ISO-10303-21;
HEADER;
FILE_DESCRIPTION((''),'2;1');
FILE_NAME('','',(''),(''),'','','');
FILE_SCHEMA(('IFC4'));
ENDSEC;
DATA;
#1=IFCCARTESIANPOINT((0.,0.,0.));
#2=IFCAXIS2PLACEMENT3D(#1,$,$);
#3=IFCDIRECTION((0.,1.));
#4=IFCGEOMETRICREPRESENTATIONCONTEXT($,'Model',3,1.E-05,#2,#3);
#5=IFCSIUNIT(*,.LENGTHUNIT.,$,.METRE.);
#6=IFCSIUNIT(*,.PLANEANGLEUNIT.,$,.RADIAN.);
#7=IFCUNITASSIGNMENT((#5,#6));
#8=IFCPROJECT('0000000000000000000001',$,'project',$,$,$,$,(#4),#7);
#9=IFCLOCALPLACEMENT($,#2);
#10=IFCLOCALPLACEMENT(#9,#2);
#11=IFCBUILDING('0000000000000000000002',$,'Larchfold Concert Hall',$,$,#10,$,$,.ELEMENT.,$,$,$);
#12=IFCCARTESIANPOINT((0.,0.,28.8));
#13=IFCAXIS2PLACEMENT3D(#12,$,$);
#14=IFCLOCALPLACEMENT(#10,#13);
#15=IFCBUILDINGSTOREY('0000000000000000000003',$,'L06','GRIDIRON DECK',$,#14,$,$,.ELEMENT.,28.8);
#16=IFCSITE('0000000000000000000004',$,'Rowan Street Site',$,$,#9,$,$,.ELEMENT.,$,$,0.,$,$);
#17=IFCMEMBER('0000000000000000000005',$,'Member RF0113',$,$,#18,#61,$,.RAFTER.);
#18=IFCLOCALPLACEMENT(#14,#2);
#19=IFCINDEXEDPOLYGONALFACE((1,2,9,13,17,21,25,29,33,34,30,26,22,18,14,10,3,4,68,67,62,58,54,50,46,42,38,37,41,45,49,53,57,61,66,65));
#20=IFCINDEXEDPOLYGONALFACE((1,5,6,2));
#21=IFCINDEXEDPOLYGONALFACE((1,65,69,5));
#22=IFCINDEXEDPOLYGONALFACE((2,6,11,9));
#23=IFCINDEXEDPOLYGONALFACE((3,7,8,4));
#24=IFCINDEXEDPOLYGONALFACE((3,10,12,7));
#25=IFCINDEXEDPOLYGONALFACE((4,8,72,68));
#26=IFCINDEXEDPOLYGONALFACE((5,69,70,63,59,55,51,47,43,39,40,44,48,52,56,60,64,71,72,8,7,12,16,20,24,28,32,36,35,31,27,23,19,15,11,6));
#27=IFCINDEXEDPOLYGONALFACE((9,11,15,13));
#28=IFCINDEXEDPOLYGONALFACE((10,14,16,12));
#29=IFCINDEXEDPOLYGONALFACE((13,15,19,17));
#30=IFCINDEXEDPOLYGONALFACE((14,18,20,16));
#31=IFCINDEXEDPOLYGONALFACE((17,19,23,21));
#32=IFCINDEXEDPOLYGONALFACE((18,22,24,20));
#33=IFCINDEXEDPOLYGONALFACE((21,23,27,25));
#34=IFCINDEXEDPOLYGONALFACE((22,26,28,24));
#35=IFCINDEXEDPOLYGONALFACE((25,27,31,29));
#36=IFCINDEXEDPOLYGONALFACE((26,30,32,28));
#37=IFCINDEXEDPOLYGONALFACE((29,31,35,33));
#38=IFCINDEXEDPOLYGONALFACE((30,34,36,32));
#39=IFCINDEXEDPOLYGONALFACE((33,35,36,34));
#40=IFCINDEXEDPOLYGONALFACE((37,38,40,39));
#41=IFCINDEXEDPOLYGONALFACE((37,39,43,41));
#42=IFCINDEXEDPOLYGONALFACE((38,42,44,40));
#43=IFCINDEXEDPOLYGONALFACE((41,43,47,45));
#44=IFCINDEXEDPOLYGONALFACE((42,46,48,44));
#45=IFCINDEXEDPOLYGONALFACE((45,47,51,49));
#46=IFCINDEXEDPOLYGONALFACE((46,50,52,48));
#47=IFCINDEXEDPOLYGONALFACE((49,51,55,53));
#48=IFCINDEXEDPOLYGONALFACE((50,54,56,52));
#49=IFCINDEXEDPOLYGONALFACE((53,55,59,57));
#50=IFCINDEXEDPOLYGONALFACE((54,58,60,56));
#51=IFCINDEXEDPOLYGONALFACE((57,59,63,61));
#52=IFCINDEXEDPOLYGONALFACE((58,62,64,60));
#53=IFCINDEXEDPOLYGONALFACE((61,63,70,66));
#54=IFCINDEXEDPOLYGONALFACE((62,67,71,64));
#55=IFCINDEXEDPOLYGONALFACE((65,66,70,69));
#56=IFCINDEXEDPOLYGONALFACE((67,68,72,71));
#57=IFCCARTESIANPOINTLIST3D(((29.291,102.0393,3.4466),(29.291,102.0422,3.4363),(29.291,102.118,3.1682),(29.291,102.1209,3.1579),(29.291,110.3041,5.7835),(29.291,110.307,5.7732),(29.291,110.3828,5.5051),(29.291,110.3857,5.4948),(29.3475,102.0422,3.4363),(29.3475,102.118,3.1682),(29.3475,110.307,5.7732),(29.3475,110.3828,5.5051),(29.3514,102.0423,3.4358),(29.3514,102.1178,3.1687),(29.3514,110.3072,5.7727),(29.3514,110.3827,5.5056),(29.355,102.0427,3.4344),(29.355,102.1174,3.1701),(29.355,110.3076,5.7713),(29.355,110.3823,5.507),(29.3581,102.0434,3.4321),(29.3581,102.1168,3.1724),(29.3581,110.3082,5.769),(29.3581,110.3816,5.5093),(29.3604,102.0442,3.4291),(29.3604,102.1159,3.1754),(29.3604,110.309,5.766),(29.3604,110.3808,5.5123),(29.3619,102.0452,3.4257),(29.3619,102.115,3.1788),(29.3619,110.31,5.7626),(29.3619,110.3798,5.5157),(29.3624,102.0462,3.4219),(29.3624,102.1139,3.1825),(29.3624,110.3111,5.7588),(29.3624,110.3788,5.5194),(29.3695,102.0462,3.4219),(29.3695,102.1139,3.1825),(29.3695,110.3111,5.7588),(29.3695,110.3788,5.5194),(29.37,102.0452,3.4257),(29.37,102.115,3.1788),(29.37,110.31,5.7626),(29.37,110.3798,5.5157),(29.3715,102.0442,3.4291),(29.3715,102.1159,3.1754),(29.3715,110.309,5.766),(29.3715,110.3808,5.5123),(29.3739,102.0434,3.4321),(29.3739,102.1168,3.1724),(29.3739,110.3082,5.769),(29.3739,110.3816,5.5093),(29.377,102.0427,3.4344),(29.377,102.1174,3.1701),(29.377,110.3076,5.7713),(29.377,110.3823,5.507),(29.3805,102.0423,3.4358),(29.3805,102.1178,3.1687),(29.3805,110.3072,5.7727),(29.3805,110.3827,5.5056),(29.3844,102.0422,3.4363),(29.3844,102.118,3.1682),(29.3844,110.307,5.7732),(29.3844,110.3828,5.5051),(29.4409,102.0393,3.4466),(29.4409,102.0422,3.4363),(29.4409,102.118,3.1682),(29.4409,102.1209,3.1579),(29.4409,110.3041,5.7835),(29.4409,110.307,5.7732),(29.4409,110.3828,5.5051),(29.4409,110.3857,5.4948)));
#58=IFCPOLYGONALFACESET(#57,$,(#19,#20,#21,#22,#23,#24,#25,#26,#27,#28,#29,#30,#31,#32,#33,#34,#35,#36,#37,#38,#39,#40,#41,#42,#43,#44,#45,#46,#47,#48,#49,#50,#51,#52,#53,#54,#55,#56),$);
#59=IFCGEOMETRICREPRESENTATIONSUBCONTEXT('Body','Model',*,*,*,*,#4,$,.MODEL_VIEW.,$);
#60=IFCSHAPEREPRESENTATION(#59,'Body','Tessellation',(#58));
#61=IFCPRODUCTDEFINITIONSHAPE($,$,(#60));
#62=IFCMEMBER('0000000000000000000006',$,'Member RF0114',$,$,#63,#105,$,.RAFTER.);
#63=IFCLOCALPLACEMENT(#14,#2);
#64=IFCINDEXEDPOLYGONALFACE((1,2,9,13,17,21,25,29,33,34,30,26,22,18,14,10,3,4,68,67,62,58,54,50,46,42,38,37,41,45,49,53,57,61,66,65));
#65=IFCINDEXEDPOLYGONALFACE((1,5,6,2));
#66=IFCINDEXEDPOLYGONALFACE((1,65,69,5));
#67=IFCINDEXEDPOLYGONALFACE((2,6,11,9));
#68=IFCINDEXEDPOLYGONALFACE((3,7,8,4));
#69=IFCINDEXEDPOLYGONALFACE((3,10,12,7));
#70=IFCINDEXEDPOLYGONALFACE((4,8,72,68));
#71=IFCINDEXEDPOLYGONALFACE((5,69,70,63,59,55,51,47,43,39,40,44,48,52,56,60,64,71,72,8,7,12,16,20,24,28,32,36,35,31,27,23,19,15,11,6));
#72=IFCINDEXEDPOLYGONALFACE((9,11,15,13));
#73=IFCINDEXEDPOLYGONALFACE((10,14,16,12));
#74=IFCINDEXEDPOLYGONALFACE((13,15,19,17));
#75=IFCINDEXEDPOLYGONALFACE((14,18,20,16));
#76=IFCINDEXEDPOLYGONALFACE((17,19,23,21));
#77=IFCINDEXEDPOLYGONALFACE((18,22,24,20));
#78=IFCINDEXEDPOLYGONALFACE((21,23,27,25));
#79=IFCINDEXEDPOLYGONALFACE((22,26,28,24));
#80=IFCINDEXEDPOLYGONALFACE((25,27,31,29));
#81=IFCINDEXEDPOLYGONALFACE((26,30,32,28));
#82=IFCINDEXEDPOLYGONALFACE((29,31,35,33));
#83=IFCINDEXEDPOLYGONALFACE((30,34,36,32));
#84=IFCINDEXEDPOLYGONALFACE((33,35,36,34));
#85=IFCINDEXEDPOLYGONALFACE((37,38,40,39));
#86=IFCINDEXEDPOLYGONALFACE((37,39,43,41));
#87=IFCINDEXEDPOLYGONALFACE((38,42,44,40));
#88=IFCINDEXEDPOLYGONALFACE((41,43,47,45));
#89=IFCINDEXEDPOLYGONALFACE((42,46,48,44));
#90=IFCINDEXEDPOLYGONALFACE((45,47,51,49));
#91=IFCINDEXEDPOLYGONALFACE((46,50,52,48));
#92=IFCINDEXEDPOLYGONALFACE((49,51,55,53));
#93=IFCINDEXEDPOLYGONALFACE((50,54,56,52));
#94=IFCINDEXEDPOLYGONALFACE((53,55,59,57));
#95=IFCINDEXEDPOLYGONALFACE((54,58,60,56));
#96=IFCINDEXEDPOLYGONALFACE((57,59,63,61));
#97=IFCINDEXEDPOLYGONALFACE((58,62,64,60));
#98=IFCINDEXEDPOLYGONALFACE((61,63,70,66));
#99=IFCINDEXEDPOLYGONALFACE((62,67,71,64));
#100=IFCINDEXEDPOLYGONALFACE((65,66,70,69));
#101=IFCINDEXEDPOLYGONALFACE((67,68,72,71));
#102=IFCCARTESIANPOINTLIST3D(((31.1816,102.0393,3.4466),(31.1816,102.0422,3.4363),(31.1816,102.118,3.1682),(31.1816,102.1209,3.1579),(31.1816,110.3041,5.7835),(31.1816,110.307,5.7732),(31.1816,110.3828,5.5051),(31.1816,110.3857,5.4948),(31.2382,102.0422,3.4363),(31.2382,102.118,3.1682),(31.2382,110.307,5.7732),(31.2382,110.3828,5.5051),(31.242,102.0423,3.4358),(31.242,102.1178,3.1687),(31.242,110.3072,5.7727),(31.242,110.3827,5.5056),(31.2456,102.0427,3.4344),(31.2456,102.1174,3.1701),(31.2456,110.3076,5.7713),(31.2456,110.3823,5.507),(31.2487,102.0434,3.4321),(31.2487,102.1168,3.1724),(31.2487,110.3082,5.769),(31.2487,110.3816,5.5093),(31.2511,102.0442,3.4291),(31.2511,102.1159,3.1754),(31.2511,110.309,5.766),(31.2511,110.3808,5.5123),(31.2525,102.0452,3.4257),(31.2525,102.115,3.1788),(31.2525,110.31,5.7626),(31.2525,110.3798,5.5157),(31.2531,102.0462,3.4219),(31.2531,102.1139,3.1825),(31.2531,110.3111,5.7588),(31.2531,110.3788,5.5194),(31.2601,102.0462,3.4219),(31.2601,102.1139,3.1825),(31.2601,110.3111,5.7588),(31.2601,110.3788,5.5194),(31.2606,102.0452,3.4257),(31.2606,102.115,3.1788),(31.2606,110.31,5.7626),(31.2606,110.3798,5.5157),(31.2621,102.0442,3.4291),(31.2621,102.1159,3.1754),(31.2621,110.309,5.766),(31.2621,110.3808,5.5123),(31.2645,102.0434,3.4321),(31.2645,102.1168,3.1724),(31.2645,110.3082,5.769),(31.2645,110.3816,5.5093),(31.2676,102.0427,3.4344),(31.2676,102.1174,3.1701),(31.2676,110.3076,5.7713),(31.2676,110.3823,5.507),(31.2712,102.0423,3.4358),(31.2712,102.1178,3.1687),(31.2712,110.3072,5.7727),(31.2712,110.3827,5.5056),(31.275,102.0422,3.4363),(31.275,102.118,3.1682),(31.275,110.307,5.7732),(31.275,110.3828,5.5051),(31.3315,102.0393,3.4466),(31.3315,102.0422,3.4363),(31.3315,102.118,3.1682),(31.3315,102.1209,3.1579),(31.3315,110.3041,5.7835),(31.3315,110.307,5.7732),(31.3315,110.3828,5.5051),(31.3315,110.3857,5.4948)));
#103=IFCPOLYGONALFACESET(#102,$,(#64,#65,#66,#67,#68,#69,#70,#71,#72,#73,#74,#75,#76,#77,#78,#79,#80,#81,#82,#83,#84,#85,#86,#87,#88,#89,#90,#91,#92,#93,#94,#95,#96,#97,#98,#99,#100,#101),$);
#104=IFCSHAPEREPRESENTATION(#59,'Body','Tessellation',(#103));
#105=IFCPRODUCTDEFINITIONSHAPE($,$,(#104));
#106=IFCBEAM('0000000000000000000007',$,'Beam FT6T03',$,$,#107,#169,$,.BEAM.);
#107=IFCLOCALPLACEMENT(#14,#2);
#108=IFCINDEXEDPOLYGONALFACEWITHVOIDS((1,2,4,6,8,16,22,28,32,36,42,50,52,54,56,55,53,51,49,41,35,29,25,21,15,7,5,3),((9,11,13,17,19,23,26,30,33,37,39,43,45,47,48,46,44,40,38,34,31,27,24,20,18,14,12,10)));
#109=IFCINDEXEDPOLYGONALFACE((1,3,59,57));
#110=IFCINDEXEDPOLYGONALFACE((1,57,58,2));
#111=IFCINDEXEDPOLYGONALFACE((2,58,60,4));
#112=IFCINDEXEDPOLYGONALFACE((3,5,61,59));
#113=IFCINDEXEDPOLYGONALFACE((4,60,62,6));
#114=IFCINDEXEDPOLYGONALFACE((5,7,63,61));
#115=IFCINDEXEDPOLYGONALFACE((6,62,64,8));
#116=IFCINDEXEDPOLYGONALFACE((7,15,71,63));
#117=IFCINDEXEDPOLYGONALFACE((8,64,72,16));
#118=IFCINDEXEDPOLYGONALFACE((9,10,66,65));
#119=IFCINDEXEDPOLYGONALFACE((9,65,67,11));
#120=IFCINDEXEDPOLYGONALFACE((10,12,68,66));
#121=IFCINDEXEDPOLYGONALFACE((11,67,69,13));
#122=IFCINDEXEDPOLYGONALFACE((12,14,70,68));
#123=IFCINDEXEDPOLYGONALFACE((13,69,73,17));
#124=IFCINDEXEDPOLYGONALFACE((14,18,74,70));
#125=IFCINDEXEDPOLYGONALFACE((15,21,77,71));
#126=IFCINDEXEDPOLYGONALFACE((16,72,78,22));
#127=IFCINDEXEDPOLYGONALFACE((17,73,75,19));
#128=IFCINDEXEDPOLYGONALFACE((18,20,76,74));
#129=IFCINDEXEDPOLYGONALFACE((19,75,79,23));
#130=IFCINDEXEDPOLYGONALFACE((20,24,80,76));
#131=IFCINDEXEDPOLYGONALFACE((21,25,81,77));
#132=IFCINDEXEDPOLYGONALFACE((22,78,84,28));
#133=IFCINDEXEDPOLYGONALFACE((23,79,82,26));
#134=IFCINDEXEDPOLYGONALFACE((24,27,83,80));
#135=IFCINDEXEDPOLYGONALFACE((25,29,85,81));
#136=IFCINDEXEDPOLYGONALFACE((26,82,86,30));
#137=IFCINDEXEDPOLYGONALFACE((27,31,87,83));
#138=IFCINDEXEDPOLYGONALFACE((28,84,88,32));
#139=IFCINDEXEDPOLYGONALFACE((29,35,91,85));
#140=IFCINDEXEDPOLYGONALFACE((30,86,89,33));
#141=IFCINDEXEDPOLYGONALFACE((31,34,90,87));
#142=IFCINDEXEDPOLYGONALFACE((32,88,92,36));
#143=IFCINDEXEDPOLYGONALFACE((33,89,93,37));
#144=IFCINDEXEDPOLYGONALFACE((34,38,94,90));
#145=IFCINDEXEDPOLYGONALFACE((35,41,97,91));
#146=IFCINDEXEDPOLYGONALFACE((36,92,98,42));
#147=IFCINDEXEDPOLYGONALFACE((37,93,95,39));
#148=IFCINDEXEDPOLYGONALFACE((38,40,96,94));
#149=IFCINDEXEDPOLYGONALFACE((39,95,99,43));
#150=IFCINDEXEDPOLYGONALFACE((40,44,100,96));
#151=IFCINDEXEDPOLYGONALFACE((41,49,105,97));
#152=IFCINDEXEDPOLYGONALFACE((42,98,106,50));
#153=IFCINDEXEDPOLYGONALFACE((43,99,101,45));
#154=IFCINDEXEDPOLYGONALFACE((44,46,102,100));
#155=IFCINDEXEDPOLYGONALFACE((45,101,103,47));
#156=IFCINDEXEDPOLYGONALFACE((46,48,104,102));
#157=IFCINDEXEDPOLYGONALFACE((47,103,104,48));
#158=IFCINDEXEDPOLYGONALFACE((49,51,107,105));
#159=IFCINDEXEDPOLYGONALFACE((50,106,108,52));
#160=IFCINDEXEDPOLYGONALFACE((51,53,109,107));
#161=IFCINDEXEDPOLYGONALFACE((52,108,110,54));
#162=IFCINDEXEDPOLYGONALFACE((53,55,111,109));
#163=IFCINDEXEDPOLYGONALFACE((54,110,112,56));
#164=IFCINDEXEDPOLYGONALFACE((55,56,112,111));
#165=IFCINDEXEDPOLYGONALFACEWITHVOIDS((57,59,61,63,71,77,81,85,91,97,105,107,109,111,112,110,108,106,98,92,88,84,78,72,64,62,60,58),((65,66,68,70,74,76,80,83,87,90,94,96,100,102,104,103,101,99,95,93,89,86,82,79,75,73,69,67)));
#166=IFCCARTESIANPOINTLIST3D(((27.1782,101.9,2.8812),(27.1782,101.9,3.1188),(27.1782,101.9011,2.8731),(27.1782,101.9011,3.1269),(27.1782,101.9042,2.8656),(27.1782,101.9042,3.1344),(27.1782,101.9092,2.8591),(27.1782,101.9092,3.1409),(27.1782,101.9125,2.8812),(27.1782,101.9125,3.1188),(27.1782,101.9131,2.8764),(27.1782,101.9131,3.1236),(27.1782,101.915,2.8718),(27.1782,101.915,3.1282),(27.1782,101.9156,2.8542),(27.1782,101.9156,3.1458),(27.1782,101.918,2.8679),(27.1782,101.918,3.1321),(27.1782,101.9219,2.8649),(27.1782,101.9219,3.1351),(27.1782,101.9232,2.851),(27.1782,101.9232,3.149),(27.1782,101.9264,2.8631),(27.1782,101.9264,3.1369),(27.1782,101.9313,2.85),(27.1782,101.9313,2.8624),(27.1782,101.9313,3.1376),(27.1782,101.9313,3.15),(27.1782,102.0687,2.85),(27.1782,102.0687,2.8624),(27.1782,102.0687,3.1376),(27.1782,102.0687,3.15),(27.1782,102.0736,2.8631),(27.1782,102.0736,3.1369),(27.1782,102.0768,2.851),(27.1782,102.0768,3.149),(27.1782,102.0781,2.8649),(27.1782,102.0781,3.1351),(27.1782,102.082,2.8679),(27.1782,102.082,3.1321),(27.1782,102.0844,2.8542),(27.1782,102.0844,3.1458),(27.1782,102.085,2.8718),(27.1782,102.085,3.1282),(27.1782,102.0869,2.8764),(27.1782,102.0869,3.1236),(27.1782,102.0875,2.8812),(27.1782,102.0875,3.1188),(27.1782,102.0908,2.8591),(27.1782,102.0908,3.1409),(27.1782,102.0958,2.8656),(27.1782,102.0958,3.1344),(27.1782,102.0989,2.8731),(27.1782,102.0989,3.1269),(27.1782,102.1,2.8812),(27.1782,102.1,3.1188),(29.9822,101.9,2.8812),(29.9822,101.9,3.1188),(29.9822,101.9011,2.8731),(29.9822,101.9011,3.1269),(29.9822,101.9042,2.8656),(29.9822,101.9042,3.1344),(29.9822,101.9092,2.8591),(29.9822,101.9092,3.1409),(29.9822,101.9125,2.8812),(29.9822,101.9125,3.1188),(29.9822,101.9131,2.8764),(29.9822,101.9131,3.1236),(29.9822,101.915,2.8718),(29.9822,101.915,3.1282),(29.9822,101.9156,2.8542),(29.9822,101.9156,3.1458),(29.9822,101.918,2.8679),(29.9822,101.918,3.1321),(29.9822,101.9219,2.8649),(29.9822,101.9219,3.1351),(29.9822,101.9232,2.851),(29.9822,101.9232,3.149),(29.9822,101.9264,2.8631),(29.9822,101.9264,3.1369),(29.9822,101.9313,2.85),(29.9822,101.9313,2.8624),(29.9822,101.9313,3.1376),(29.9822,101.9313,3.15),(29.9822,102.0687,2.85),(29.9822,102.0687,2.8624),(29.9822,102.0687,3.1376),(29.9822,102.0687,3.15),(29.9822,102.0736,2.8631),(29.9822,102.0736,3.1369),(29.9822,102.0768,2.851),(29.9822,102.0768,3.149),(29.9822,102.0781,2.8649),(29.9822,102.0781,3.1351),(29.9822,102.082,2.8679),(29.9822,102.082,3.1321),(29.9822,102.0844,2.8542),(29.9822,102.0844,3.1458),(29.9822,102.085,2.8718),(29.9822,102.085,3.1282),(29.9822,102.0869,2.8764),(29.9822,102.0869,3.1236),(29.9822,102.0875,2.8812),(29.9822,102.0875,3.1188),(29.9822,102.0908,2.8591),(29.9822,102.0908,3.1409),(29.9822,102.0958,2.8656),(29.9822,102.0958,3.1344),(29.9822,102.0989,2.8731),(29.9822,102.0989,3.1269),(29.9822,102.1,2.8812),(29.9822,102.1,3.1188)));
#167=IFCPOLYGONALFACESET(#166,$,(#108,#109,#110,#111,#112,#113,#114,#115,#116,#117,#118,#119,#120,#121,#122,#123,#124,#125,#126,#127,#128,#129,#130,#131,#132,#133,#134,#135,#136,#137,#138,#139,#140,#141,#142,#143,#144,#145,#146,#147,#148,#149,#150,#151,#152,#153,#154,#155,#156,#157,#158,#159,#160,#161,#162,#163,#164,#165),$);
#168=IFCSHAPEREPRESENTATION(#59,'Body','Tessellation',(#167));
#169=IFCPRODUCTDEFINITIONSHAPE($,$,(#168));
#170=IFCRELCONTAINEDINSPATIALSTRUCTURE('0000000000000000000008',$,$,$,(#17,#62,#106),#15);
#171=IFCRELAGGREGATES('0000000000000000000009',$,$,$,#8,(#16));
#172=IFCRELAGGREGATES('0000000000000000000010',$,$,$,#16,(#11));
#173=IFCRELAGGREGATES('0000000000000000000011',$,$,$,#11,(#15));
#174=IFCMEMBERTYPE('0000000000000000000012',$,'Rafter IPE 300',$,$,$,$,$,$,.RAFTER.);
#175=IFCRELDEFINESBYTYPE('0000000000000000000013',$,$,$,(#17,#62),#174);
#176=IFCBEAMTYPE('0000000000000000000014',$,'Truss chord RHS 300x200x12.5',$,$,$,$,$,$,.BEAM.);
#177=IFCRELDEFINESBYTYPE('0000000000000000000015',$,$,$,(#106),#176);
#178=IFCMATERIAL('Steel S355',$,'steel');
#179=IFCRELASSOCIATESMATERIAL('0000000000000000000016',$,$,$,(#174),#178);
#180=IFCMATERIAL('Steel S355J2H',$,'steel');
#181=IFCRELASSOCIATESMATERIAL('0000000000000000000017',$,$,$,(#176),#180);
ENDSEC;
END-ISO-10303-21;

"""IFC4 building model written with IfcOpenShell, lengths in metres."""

from ifc_helpers import new_model, si_unit, direction, frame, origin, origin_2d, place, context, subcontext, project, spatial, hollow_rectangle, i_section, extrude, material, material_profile, profile_set, type_object, element, save


model = new_model("IFC4")

# Units and contexts
model_context = context("Model", 3, precision=1e-05, world=origin(), true_north=direction((0.0, 1.0)))
body_context = subcontext(model_context, "Body", "Model", "MODEL_VIEW")
ifc_project = project(units=[si_unit("LENGTHUNIT", "METRE"), si_unit("PLANEANGLEUNIT", "RADIAN")], contexts=[model_context])

# Site, building, storey
site_placement = place(None, origin())
site = spatial("IfcSite", under=ifc_project, at=site_placement, Name="Rowan Street Site", CompositionType="ELEMENT", RefElevation=0.0)
building_placement = place(site_placement, origin())
building = spatial("IfcBuilding", under=site, at=building_placement, Name="Larchfold Concert Hall", CompositionType="ELEMENT")
storey_placement = place(building_placement, frame((0.0, 0.0, 28.8)))
storey = spatial("IfcBuildingStorey", under=building, at=storey_placement, Name="L06", Description="GRIDIRON DECK", CompositionType="ELEMENT", Elevation=28.8)

# Members
ifc_material_1 = material(Name="Steel S355", Category="steel")
ifc_material_profile_1 = material_profile(ifc_material_1, i_section(OverallWidth=0.1499, OverallDepth=0.3, WebThickness=0.0071, FlangeThickness=0.0107, FilletRadius=0.0149, at=origin_2d()))
ifc_profile_set_1 = profile_set([ifc_material_profile_1], Name="Steel S355")
member_type_1 = type_object("IfcMemberType", Name="Rafter IPE 300", PredefinedType="RAFTER", material=ifc_profile_set_1)
for number, where, z_axis, x_axis, name in (
    (1, (29.366, 102.0801, 3.3022), (0.0, 0.962273, 0.272085), (-1.0, 0.0, 0.0), "Member RF0113"),
    (2, (31.2566, 102.0801, 3.3022), (0.0, 0.962273, 0.272085), (-1.0, 0.0, 0.0), "Member RF0114"),
):
    element("IfcMember", number, at=place(storey_placement, frame(where, z_axis=z_axis, x_axis=x_axis)), inside=storey, type_object=member_type_1, Name=name, PredefinedType="RAFTER", context=body_context, shape_type="SweptSolid", body=[
        extrude(i_section(OverallWidth=0.1499, OverallDepth=0.3, WebThickness=0.0071, FlangeThickness=0.0107, FilletRadius=0.0149, at=origin_2d()), origin(), (0.0, 0.0, 1.0), 8.5889),
    ])

# Beam
ifc_material_2 = material(Name="Steel S355J2H", Category="steel")
ifc_material_profile_2 = material_profile(ifc_material_2, hollow_rectangle(XDim=0.2, YDim=0.3, WallThickness=0.0125, InnerFilletRadius=0.0188, OuterFilletRadius=0.0312, at=origin_2d()))
ifc_profile_set_2 = profile_set([ifc_material_profile_2], Name="Steel S355J2H")
beam_type_1 = type_object("IfcBeamType", Name="Truss chord RHS 300x200x12.5", PredefinedType="BEAM", material=ifc_profile_set_2)
for number, where, z_axis, x_axis, name in (
    (3, (27.1782, 102.0, 3.0), (1.0, 0.0, 0.0), (0.0, 1.0, 0.0), "Beam FT6T03"),
):
    element("IfcBeam", number, at=place(storey_placement, frame(where, z_axis=z_axis, x_axis=x_axis)), inside=storey, type_object=beam_type_1, Name=name, PredefinedType="BEAM", context=body_context, shape_type="SweptSolid", body=[
        extrude(hollow_rectangle(XDim=0.2, YDim=0.3, WallThickness=0.0125, InnerFilletRadius=0.0188, OuterFilletRadius=0.0312, at=origin_2d()), origin(), (0.0, 0.0, 1.0), 2.804),
    ])

save(model, "model.ifc")
